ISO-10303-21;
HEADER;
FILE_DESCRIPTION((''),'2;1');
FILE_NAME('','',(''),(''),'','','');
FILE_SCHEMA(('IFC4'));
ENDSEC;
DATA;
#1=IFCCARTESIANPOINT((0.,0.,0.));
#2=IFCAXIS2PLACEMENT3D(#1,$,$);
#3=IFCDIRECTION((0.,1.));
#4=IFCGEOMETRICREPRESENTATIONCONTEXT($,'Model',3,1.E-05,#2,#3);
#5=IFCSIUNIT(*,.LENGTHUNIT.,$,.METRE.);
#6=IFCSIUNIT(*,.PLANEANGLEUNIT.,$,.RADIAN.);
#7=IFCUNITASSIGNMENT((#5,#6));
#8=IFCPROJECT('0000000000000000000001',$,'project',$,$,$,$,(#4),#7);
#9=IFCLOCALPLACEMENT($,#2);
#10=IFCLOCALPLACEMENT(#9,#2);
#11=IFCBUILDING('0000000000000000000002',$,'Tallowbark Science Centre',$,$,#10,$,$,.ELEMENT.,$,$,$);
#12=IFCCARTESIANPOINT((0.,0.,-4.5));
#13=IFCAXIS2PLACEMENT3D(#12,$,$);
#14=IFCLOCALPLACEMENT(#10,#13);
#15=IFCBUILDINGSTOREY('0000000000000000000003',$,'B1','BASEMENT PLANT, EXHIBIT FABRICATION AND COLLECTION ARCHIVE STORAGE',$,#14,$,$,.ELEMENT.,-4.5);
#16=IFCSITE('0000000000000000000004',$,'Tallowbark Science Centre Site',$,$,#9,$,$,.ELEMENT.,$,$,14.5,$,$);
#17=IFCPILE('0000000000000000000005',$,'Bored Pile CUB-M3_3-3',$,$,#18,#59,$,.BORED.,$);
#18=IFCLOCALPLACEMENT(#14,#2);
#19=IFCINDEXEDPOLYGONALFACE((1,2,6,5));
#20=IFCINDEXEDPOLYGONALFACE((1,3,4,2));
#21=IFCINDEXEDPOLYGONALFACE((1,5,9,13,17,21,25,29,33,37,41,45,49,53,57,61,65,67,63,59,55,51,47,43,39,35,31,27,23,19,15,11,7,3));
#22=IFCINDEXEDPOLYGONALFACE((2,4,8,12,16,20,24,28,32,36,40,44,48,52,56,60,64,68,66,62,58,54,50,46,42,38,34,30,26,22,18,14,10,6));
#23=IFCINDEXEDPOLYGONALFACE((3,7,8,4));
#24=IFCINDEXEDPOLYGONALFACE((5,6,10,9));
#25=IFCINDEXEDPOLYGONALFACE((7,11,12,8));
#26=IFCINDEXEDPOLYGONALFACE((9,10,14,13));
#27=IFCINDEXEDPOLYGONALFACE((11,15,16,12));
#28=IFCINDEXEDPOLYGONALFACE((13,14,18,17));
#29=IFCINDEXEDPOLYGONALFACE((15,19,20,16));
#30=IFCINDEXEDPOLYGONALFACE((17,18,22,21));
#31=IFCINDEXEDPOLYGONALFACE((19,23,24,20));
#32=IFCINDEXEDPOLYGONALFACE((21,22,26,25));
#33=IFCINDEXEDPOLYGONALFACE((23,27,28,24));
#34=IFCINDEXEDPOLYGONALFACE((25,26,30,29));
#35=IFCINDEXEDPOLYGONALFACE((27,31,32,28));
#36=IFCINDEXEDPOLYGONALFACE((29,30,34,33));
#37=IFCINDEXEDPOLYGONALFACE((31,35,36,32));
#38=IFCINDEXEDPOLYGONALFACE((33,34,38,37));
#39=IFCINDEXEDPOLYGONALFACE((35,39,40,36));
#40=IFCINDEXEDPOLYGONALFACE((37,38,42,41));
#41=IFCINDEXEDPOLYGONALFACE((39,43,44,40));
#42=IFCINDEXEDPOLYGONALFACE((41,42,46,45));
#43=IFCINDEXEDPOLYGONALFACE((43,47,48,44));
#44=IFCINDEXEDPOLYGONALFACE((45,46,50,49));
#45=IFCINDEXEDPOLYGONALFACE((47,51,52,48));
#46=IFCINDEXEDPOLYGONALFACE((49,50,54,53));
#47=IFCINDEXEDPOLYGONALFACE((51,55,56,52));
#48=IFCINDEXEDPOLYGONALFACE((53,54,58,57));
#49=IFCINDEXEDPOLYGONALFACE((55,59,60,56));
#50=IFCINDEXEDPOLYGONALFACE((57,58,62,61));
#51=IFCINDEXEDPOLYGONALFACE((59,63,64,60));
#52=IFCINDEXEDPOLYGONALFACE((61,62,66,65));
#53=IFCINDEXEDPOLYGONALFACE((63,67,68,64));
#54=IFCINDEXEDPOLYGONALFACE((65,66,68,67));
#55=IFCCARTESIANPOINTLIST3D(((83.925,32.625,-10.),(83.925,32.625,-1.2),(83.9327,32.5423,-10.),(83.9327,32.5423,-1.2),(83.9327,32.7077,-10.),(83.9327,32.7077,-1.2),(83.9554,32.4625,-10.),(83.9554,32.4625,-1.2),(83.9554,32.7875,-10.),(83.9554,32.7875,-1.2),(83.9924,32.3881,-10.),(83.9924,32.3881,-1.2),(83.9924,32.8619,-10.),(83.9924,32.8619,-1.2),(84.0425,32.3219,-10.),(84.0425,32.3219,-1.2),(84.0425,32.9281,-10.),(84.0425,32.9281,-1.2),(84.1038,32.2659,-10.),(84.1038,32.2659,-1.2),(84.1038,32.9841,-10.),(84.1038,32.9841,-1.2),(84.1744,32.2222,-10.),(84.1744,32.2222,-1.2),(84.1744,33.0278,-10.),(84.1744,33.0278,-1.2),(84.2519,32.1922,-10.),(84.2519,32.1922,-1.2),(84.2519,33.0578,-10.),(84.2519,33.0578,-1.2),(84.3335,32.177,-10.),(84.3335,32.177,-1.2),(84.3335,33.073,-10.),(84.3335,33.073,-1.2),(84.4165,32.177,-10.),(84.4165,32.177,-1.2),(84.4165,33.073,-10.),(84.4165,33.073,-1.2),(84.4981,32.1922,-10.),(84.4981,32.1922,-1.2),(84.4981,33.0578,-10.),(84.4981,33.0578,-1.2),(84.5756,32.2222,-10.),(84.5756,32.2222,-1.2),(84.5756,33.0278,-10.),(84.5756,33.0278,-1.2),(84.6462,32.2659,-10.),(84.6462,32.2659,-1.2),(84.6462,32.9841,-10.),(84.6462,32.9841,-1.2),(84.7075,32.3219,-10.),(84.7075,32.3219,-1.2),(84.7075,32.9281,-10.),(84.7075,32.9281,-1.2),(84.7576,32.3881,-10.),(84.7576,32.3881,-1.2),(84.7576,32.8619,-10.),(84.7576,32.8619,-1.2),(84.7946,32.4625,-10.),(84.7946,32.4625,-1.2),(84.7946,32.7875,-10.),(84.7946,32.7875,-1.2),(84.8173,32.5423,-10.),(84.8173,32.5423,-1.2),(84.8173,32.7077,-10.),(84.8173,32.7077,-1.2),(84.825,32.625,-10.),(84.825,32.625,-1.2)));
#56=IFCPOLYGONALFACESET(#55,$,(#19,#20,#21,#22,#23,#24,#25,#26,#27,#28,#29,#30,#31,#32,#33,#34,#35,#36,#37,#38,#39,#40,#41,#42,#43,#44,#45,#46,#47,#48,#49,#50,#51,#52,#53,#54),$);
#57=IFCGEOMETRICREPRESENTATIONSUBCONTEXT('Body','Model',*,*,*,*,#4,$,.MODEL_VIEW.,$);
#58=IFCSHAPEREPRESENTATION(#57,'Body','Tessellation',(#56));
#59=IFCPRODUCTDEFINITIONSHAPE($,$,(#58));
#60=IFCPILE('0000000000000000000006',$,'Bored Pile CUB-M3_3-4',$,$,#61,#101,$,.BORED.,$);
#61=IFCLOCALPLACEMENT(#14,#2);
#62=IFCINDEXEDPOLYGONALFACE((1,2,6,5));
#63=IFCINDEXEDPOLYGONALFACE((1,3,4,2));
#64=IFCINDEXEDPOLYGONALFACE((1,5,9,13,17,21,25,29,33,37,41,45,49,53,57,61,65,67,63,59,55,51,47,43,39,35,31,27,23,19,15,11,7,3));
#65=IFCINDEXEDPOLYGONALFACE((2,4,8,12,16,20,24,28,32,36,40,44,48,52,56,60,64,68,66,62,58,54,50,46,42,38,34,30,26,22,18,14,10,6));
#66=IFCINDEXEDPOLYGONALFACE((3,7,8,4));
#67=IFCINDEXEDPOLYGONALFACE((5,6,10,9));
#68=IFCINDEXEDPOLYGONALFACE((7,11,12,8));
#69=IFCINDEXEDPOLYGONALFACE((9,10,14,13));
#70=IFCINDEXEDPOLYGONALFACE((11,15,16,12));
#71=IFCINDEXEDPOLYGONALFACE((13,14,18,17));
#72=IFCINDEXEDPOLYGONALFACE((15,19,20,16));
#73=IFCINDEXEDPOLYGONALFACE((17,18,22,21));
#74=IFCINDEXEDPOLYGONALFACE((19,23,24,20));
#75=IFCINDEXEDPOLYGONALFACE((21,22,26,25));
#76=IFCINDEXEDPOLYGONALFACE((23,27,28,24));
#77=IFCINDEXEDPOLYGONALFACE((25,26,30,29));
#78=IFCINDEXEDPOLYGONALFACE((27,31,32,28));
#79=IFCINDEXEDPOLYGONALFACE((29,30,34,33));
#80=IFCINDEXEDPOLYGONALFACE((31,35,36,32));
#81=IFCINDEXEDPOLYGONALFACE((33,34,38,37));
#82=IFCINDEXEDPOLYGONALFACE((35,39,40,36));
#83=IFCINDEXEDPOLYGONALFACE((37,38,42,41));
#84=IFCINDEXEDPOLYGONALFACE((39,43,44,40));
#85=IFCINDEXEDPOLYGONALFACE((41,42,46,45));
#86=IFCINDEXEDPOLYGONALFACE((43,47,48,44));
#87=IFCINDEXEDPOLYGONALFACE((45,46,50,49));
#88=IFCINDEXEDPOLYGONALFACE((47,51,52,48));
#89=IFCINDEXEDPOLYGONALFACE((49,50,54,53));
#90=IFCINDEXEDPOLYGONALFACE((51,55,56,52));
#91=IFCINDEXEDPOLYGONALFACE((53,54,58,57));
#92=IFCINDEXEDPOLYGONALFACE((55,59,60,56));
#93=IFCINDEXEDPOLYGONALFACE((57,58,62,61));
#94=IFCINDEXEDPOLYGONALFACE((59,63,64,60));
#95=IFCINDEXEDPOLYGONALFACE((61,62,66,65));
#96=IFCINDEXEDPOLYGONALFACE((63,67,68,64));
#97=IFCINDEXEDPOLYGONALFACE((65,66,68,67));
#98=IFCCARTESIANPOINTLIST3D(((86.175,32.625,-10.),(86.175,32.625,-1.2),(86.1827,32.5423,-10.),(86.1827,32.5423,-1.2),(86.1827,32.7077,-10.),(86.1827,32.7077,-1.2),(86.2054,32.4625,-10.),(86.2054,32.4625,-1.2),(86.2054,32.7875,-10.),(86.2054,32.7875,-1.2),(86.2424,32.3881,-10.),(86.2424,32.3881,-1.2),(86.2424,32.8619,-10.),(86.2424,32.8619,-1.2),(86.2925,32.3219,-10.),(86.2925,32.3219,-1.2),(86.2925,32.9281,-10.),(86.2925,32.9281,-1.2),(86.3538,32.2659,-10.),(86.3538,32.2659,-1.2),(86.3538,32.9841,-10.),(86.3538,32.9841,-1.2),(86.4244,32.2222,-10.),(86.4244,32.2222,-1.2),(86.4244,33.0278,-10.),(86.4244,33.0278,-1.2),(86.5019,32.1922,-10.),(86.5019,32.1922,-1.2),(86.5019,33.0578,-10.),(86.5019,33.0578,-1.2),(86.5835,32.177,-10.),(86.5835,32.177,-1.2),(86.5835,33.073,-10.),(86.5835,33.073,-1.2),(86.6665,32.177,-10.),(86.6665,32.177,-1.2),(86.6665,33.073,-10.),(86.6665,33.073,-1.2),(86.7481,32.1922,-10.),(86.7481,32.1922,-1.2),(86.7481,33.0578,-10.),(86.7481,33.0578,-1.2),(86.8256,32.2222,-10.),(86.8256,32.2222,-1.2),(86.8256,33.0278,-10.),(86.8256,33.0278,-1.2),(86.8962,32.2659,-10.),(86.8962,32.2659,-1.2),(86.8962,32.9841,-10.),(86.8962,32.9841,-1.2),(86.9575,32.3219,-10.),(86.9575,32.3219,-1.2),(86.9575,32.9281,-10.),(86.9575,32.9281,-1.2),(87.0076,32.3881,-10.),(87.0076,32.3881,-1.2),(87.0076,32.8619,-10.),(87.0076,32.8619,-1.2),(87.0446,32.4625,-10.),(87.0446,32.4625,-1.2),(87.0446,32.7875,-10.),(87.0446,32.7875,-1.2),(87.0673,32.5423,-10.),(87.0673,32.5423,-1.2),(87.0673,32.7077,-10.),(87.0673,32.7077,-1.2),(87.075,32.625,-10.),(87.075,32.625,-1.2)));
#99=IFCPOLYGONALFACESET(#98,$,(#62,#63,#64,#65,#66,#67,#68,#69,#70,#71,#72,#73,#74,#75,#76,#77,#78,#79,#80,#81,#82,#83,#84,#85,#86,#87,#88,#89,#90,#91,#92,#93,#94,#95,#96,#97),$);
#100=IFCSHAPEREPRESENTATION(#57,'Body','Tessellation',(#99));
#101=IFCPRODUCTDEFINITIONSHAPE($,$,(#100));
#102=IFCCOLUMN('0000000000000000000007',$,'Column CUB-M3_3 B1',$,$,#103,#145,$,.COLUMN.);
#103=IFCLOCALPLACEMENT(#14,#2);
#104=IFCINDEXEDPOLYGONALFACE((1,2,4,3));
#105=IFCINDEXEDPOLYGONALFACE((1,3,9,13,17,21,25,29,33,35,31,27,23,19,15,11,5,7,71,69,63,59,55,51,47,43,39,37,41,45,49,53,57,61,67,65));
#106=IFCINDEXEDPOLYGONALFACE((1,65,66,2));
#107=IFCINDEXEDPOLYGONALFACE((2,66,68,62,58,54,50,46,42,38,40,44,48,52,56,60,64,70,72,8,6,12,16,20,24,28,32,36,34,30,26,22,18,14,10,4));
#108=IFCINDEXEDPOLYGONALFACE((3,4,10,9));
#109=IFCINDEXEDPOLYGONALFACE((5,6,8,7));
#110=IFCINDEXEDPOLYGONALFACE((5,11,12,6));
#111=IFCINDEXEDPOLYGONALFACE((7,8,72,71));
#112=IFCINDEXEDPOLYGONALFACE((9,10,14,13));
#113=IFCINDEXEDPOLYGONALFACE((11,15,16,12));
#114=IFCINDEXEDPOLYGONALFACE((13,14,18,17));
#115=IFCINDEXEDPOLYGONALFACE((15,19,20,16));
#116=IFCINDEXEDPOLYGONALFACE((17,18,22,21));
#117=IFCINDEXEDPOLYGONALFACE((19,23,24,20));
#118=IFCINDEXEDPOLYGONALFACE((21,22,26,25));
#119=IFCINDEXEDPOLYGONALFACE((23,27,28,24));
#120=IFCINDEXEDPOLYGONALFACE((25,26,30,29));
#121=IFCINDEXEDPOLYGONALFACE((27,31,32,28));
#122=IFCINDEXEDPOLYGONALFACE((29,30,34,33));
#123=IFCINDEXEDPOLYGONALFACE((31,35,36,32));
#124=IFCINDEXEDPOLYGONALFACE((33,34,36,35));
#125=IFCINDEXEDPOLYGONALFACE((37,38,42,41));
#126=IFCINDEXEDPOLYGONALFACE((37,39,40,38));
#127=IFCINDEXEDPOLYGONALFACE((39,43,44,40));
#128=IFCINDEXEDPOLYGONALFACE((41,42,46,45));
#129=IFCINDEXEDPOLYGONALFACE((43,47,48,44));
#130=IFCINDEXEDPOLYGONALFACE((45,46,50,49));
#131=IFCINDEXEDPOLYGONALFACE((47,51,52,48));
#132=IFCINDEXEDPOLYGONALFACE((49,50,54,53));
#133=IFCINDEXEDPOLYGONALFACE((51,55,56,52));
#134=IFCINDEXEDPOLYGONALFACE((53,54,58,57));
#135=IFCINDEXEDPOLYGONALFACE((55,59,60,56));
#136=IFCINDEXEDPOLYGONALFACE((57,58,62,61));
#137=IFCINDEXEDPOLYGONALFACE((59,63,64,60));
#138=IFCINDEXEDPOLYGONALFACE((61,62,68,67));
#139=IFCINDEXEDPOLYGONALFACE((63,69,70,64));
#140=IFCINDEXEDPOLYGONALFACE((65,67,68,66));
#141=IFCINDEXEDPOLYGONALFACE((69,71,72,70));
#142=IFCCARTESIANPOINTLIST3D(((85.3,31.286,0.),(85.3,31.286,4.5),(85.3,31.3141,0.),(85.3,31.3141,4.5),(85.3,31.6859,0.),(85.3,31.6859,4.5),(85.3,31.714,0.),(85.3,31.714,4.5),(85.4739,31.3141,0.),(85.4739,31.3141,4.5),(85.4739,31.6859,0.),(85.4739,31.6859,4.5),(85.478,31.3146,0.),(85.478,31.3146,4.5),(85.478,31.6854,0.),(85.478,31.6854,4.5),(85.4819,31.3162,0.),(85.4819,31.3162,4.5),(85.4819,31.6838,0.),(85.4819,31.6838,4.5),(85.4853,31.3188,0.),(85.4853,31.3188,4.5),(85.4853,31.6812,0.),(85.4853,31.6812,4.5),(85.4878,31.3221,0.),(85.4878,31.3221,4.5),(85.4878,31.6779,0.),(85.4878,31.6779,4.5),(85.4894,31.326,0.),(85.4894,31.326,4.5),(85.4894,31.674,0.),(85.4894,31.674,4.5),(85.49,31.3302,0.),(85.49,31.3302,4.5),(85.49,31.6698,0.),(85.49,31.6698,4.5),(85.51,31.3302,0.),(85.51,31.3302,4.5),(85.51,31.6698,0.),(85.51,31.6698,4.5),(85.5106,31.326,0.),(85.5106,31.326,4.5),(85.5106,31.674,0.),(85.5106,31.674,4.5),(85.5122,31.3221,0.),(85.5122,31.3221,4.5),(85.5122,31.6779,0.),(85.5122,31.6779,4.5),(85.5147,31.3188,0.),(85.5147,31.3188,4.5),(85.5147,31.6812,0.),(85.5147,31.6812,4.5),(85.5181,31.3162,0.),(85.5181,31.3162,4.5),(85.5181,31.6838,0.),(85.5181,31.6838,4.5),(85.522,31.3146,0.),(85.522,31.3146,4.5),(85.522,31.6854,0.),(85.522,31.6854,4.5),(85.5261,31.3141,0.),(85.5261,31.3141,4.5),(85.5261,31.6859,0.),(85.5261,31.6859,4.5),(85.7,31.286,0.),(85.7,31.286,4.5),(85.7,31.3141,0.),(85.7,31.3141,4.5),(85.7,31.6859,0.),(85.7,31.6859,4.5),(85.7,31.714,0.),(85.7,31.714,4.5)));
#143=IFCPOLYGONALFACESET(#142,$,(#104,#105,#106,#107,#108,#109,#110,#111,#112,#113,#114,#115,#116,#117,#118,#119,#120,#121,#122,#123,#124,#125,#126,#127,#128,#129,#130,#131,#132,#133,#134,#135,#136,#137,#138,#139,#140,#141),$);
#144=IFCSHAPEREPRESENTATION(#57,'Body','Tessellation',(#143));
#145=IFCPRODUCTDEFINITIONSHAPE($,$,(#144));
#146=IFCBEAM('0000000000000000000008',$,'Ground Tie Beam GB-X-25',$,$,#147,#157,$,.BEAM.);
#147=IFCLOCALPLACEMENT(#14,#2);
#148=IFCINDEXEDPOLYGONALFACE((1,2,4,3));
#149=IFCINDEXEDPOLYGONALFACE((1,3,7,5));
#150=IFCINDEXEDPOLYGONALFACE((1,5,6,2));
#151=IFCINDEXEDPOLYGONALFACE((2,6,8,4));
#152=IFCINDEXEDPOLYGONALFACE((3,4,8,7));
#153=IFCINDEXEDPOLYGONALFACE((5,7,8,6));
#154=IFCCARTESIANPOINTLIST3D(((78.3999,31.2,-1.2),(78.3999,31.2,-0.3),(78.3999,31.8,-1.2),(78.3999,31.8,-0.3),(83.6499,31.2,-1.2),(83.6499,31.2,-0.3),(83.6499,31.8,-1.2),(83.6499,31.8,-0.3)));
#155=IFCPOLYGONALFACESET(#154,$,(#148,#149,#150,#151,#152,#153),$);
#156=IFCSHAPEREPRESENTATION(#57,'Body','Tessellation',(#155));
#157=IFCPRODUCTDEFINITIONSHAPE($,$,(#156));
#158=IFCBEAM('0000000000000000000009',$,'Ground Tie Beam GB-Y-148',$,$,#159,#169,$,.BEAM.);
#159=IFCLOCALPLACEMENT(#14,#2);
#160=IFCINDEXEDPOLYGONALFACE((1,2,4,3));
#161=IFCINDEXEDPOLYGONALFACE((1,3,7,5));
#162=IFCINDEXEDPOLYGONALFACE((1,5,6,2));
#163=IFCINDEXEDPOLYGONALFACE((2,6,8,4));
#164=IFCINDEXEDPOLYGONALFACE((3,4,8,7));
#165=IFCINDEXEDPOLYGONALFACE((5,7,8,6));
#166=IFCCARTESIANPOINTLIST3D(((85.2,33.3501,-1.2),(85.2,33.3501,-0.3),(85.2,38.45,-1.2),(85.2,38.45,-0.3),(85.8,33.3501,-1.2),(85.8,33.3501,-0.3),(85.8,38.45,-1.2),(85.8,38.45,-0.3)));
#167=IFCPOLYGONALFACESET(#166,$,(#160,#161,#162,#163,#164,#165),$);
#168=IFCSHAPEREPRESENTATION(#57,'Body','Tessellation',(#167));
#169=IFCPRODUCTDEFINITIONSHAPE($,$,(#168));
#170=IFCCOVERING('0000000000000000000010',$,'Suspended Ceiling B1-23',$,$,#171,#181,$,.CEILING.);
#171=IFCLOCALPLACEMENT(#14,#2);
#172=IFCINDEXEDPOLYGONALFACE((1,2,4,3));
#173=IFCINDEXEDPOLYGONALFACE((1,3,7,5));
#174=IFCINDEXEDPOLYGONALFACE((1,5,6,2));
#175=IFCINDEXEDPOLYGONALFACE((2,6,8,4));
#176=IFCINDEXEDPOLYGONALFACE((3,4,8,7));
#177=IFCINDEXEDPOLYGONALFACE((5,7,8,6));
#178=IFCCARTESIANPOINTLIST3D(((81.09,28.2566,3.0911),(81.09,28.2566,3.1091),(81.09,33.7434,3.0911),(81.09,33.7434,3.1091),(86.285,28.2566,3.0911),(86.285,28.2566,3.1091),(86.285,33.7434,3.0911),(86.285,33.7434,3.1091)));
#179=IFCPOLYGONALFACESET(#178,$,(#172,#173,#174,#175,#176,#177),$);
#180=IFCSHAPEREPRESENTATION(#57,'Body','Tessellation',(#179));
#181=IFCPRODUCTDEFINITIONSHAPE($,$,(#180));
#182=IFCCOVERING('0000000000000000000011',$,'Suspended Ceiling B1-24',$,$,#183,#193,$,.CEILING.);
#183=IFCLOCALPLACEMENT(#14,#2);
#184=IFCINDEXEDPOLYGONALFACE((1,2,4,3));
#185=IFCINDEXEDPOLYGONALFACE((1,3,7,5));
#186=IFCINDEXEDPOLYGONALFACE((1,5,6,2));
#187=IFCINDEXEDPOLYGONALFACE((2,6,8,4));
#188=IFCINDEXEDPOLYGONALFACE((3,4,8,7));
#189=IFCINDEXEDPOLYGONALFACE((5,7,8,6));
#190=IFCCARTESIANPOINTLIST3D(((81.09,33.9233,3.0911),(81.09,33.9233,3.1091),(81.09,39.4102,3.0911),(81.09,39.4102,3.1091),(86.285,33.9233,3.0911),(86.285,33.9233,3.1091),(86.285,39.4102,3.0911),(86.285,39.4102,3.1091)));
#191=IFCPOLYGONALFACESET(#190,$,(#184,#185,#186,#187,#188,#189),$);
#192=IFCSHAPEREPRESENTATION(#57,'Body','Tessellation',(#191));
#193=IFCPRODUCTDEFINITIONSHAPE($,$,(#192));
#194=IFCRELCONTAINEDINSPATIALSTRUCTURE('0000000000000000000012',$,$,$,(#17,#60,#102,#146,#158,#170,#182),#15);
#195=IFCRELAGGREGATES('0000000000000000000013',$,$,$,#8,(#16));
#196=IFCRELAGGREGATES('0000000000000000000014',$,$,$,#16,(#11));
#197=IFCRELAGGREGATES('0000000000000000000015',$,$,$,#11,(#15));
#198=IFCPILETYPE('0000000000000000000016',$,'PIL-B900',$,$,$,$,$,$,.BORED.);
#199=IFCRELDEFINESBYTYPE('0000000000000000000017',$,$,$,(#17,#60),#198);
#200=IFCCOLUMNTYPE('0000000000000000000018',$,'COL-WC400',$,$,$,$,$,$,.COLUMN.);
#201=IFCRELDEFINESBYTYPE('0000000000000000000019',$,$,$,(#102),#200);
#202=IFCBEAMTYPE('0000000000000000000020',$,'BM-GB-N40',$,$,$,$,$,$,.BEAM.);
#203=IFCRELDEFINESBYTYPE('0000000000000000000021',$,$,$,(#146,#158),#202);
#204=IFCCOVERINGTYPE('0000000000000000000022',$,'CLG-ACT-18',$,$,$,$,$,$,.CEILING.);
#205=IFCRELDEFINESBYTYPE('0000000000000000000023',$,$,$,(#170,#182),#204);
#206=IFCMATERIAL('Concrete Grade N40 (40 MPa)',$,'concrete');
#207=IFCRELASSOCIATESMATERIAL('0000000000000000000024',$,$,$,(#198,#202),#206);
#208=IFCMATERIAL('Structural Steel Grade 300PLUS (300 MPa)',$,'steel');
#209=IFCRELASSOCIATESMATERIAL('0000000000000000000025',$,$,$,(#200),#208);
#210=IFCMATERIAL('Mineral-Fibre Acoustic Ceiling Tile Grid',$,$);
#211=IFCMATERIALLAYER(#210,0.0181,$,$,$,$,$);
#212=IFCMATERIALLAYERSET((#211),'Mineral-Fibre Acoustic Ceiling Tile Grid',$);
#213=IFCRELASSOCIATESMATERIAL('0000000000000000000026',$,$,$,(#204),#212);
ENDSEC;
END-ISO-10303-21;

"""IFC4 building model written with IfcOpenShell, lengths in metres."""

from ifc_helpers import new_model, si_unit, direction, frame, origin, origin_2d, place, context, subcontext, project, spatial, rectangle, circle, i_section, extrude, material, layer, layer_set, material_profile, profile_set, type_object, element, save


model = new_model("IFC4")

# Units and contexts
model_context = context("Model", 3, precision=1e-05, world=origin(), true_north=direction((0.0, 1.0)))
body_context = subcontext(model_context, "Body", "Model", "MODEL_VIEW")
ifc_project = project(units=[si_unit("LENGTHUNIT", "METRE"), si_unit("PLANEANGLEUNIT", "RADIAN")], contexts=[model_context])

# Site, building, storey
site_placement = place(None, origin())
site = spatial("IfcSite", under=ifc_project, at=site_placement, Name="Tallowbark Science Centre Site", CompositionType="ELEMENT", RefElevation=14.5)
building_placement = place(site_placement, origin())
building = spatial("IfcBuilding", under=site, at=building_placement, Name="Tallowbark Science Centre", CompositionType="ELEMENT")
storey_placement = place(building_placement, frame((0.0, 0.0, -4.5)))
storey = spatial("IfcBuildingStorey", under=building, at=storey_placement, Name="B1", Description="BASEMENT PLANT, EXHIBIT FABRICATION AND COLLECTION ARCHIVE STORAGE", CompositionType="ELEMENT", Elevation=-4.5)

# Shared definitions
ifc_material_1 = material(Name="Concrete Grade N40 (40 MPa)", Category="concrete")

# Piles
ifc_material_profile_1 = material_profile(ifc_material_1, circle(Radius=0.45, at=origin_2d()), Name="PILE900")
ifc_profile_set_1 = profile_set([ifc_material_profile_1], Name="Concrete Grade N40 (40 MPa)")
pile_type_1 = type_object("IfcPileType", Name="PIL-B900", PredefinedType="BORED", material=ifc_profile_set_1)
for number, where, z_axis, x_axis, name in (
    (1, (84.375, 32.625, -1.2), (0.0, 0.0, -1.0), (1.0, 0.0, 0.0), "Bored Pile CUB-M3_3-3"),
    (2, (86.625, 32.625, -1.2), (0.0, 0.0, -1.0), (1.0, 0.0, 0.0), "Bored Pile CUB-M3_3-4"),
):
    element("IfcPile", number, at=place(storey_placement, frame(where, z_axis=z_axis, x_axis=x_axis)), inside=storey, type_object=pile_type_1, Name=name, PredefinedType="BORED", context=body_context, shape_type="SweptSolid", body=[
        extrude(circle(Radius=0.45, at=origin_2d()), origin(), (0.0, 0.0, 1.0), 8.8),
    ])

# Column
ifc_material_2 = material(Name="Structural Steel Grade 300PLUS (300 MPa)", Category="steel")
ifc_material_profile_2 = material_profile(ifc_material_2, i_section(OverallWidth=0.3999, OverallDepth=0.428, WebThickness=0.02, FlangeThickness=0.0281, FilletRadius=0.0161, at=origin_2d()), Name="400WC270")
ifc_profile_set_2 = profile_set([ifc_material_profile_2], Name="Structural Steel Grade 300PLUS (300 MPa)")
column_type = type_object("IfcColumnType", Name="COL-WC400", PredefinedType="COLUMN", material=ifc_profile_set_2)
column_placement = place(storey_placement, frame((85.5, 31.5, 0.0), z_axis=(0.0, 0.0, 1.0), x_axis=(1.0, 0.0, 0.0)))
element("IfcColumn", 3, at=column_placement, inside=storey, type_object=column_type, Name="Column CUB-M3_3 B1", PredefinedType="COLUMN", context=body_context, shape_type="SweptSolid", body=[
    extrude(i_section(OverallWidth=0.3999, OverallDepth=0.428, WebThickness=0.02, FlangeThickness=0.0281, FilletRadius=0.0161, at=origin_2d()), origin(), (0.0, 0.0, 1.0), 4.5),
])

# Beams
ifc_material_profile_3 = material_profile(ifc_material_1, rectangle(XDim=0.6001, YDim=0.8999, at=origin_2d()), Name="RC600x900")
ifc_profile_set_3 = profile_set([ifc_material_profile_3], Name="Concrete Grade N40 (40 MPa)")
beam_type = type_object("IfcBeamType", Name="BM-GB-N40", PredefinedType="BEAM", material=ifc_profile_set_3)
beam_1_placement = place(storey_placement, frame((78.3999, 31.5, -0.75), z_axis=(1.0, 0.0, 0.0), x_axis=(0.0, 1.0, 0.0)))
element("IfcBeam", 4, at=beam_1_placement, inside=storey, type_object=beam_type, Name="Ground Tie Beam GB-X-25", PredefinedType="BEAM", context=body_context, shape_type="SweptSolid", body=[
    extrude(rectangle(XDim=0.6001, YDim=0.8999, at=origin_2d()), origin(), (0.0, 0.0, 1.0), 5.25),
])
beam_2_placement = place(storey_placement, frame((85.5, 33.3501, -0.75), z_axis=(0.0, 1.0, 0.0), x_axis=(-1.0, 0.0, 0.0)))
element("IfcBeam", 5, at=beam_2_placement, inside=storey, type_object=beam_type, Name="Ground Tie Beam GB-Y-148", PredefinedType="BEAM", context=body_context, shape_type="SweptSolid", body=[
    extrude(rectangle(XDim=0.6001, YDim=0.8999, at=origin_2d()), origin(), (0.0, 0.0, 1.0), 5.0999),
])

# Coverings
ifc_material_3 = material(Name="Mineral-Fibre Acoustic Ceiling Tile Grid")
ifc_layer_1 = layer(ifc_material_3, 0.0181)
ifc_layer_set_1 = layer_set([ifc_layer_1], Name="Mineral-Fibre Acoustic Ceiling Tile Grid")
covering_type_1 = type_object("IfcCoveringType", Name="CLG-ACT-18", PredefinedType="CEILING", material=ifc_layer_set_1)
for number, where, z_axis, x_axis, name in (
    (6, (83.6875, 31.0, 3.0911), (0.0, 0.0, 1.0), (1.0, 0.0, 0.0), "Suspended Ceiling B1-23"),
    (7, (83.6875, 36.6667, 3.0911), (0.0, 0.0, 1.0), (1.0, 0.0, 0.0), "Suspended Ceiling B1-24"),
):
    element("IfcCovering", number, at=place(storey_placement, frame(where, z_axis=z_axis, x_axis=x_axis)), inside=storey, type_object=covering_type_1, Name=name, PredefinedType="CEILING", context=body_context, shape_type="SweptSolid", body=[
        extrude(rectangle(XDim=5.1951, YDim=5.4868, at=origin_2d()), origin(), (0.0, 0.0, 1.0), 0.0181),
    ])

save(model, "model.ifc")
